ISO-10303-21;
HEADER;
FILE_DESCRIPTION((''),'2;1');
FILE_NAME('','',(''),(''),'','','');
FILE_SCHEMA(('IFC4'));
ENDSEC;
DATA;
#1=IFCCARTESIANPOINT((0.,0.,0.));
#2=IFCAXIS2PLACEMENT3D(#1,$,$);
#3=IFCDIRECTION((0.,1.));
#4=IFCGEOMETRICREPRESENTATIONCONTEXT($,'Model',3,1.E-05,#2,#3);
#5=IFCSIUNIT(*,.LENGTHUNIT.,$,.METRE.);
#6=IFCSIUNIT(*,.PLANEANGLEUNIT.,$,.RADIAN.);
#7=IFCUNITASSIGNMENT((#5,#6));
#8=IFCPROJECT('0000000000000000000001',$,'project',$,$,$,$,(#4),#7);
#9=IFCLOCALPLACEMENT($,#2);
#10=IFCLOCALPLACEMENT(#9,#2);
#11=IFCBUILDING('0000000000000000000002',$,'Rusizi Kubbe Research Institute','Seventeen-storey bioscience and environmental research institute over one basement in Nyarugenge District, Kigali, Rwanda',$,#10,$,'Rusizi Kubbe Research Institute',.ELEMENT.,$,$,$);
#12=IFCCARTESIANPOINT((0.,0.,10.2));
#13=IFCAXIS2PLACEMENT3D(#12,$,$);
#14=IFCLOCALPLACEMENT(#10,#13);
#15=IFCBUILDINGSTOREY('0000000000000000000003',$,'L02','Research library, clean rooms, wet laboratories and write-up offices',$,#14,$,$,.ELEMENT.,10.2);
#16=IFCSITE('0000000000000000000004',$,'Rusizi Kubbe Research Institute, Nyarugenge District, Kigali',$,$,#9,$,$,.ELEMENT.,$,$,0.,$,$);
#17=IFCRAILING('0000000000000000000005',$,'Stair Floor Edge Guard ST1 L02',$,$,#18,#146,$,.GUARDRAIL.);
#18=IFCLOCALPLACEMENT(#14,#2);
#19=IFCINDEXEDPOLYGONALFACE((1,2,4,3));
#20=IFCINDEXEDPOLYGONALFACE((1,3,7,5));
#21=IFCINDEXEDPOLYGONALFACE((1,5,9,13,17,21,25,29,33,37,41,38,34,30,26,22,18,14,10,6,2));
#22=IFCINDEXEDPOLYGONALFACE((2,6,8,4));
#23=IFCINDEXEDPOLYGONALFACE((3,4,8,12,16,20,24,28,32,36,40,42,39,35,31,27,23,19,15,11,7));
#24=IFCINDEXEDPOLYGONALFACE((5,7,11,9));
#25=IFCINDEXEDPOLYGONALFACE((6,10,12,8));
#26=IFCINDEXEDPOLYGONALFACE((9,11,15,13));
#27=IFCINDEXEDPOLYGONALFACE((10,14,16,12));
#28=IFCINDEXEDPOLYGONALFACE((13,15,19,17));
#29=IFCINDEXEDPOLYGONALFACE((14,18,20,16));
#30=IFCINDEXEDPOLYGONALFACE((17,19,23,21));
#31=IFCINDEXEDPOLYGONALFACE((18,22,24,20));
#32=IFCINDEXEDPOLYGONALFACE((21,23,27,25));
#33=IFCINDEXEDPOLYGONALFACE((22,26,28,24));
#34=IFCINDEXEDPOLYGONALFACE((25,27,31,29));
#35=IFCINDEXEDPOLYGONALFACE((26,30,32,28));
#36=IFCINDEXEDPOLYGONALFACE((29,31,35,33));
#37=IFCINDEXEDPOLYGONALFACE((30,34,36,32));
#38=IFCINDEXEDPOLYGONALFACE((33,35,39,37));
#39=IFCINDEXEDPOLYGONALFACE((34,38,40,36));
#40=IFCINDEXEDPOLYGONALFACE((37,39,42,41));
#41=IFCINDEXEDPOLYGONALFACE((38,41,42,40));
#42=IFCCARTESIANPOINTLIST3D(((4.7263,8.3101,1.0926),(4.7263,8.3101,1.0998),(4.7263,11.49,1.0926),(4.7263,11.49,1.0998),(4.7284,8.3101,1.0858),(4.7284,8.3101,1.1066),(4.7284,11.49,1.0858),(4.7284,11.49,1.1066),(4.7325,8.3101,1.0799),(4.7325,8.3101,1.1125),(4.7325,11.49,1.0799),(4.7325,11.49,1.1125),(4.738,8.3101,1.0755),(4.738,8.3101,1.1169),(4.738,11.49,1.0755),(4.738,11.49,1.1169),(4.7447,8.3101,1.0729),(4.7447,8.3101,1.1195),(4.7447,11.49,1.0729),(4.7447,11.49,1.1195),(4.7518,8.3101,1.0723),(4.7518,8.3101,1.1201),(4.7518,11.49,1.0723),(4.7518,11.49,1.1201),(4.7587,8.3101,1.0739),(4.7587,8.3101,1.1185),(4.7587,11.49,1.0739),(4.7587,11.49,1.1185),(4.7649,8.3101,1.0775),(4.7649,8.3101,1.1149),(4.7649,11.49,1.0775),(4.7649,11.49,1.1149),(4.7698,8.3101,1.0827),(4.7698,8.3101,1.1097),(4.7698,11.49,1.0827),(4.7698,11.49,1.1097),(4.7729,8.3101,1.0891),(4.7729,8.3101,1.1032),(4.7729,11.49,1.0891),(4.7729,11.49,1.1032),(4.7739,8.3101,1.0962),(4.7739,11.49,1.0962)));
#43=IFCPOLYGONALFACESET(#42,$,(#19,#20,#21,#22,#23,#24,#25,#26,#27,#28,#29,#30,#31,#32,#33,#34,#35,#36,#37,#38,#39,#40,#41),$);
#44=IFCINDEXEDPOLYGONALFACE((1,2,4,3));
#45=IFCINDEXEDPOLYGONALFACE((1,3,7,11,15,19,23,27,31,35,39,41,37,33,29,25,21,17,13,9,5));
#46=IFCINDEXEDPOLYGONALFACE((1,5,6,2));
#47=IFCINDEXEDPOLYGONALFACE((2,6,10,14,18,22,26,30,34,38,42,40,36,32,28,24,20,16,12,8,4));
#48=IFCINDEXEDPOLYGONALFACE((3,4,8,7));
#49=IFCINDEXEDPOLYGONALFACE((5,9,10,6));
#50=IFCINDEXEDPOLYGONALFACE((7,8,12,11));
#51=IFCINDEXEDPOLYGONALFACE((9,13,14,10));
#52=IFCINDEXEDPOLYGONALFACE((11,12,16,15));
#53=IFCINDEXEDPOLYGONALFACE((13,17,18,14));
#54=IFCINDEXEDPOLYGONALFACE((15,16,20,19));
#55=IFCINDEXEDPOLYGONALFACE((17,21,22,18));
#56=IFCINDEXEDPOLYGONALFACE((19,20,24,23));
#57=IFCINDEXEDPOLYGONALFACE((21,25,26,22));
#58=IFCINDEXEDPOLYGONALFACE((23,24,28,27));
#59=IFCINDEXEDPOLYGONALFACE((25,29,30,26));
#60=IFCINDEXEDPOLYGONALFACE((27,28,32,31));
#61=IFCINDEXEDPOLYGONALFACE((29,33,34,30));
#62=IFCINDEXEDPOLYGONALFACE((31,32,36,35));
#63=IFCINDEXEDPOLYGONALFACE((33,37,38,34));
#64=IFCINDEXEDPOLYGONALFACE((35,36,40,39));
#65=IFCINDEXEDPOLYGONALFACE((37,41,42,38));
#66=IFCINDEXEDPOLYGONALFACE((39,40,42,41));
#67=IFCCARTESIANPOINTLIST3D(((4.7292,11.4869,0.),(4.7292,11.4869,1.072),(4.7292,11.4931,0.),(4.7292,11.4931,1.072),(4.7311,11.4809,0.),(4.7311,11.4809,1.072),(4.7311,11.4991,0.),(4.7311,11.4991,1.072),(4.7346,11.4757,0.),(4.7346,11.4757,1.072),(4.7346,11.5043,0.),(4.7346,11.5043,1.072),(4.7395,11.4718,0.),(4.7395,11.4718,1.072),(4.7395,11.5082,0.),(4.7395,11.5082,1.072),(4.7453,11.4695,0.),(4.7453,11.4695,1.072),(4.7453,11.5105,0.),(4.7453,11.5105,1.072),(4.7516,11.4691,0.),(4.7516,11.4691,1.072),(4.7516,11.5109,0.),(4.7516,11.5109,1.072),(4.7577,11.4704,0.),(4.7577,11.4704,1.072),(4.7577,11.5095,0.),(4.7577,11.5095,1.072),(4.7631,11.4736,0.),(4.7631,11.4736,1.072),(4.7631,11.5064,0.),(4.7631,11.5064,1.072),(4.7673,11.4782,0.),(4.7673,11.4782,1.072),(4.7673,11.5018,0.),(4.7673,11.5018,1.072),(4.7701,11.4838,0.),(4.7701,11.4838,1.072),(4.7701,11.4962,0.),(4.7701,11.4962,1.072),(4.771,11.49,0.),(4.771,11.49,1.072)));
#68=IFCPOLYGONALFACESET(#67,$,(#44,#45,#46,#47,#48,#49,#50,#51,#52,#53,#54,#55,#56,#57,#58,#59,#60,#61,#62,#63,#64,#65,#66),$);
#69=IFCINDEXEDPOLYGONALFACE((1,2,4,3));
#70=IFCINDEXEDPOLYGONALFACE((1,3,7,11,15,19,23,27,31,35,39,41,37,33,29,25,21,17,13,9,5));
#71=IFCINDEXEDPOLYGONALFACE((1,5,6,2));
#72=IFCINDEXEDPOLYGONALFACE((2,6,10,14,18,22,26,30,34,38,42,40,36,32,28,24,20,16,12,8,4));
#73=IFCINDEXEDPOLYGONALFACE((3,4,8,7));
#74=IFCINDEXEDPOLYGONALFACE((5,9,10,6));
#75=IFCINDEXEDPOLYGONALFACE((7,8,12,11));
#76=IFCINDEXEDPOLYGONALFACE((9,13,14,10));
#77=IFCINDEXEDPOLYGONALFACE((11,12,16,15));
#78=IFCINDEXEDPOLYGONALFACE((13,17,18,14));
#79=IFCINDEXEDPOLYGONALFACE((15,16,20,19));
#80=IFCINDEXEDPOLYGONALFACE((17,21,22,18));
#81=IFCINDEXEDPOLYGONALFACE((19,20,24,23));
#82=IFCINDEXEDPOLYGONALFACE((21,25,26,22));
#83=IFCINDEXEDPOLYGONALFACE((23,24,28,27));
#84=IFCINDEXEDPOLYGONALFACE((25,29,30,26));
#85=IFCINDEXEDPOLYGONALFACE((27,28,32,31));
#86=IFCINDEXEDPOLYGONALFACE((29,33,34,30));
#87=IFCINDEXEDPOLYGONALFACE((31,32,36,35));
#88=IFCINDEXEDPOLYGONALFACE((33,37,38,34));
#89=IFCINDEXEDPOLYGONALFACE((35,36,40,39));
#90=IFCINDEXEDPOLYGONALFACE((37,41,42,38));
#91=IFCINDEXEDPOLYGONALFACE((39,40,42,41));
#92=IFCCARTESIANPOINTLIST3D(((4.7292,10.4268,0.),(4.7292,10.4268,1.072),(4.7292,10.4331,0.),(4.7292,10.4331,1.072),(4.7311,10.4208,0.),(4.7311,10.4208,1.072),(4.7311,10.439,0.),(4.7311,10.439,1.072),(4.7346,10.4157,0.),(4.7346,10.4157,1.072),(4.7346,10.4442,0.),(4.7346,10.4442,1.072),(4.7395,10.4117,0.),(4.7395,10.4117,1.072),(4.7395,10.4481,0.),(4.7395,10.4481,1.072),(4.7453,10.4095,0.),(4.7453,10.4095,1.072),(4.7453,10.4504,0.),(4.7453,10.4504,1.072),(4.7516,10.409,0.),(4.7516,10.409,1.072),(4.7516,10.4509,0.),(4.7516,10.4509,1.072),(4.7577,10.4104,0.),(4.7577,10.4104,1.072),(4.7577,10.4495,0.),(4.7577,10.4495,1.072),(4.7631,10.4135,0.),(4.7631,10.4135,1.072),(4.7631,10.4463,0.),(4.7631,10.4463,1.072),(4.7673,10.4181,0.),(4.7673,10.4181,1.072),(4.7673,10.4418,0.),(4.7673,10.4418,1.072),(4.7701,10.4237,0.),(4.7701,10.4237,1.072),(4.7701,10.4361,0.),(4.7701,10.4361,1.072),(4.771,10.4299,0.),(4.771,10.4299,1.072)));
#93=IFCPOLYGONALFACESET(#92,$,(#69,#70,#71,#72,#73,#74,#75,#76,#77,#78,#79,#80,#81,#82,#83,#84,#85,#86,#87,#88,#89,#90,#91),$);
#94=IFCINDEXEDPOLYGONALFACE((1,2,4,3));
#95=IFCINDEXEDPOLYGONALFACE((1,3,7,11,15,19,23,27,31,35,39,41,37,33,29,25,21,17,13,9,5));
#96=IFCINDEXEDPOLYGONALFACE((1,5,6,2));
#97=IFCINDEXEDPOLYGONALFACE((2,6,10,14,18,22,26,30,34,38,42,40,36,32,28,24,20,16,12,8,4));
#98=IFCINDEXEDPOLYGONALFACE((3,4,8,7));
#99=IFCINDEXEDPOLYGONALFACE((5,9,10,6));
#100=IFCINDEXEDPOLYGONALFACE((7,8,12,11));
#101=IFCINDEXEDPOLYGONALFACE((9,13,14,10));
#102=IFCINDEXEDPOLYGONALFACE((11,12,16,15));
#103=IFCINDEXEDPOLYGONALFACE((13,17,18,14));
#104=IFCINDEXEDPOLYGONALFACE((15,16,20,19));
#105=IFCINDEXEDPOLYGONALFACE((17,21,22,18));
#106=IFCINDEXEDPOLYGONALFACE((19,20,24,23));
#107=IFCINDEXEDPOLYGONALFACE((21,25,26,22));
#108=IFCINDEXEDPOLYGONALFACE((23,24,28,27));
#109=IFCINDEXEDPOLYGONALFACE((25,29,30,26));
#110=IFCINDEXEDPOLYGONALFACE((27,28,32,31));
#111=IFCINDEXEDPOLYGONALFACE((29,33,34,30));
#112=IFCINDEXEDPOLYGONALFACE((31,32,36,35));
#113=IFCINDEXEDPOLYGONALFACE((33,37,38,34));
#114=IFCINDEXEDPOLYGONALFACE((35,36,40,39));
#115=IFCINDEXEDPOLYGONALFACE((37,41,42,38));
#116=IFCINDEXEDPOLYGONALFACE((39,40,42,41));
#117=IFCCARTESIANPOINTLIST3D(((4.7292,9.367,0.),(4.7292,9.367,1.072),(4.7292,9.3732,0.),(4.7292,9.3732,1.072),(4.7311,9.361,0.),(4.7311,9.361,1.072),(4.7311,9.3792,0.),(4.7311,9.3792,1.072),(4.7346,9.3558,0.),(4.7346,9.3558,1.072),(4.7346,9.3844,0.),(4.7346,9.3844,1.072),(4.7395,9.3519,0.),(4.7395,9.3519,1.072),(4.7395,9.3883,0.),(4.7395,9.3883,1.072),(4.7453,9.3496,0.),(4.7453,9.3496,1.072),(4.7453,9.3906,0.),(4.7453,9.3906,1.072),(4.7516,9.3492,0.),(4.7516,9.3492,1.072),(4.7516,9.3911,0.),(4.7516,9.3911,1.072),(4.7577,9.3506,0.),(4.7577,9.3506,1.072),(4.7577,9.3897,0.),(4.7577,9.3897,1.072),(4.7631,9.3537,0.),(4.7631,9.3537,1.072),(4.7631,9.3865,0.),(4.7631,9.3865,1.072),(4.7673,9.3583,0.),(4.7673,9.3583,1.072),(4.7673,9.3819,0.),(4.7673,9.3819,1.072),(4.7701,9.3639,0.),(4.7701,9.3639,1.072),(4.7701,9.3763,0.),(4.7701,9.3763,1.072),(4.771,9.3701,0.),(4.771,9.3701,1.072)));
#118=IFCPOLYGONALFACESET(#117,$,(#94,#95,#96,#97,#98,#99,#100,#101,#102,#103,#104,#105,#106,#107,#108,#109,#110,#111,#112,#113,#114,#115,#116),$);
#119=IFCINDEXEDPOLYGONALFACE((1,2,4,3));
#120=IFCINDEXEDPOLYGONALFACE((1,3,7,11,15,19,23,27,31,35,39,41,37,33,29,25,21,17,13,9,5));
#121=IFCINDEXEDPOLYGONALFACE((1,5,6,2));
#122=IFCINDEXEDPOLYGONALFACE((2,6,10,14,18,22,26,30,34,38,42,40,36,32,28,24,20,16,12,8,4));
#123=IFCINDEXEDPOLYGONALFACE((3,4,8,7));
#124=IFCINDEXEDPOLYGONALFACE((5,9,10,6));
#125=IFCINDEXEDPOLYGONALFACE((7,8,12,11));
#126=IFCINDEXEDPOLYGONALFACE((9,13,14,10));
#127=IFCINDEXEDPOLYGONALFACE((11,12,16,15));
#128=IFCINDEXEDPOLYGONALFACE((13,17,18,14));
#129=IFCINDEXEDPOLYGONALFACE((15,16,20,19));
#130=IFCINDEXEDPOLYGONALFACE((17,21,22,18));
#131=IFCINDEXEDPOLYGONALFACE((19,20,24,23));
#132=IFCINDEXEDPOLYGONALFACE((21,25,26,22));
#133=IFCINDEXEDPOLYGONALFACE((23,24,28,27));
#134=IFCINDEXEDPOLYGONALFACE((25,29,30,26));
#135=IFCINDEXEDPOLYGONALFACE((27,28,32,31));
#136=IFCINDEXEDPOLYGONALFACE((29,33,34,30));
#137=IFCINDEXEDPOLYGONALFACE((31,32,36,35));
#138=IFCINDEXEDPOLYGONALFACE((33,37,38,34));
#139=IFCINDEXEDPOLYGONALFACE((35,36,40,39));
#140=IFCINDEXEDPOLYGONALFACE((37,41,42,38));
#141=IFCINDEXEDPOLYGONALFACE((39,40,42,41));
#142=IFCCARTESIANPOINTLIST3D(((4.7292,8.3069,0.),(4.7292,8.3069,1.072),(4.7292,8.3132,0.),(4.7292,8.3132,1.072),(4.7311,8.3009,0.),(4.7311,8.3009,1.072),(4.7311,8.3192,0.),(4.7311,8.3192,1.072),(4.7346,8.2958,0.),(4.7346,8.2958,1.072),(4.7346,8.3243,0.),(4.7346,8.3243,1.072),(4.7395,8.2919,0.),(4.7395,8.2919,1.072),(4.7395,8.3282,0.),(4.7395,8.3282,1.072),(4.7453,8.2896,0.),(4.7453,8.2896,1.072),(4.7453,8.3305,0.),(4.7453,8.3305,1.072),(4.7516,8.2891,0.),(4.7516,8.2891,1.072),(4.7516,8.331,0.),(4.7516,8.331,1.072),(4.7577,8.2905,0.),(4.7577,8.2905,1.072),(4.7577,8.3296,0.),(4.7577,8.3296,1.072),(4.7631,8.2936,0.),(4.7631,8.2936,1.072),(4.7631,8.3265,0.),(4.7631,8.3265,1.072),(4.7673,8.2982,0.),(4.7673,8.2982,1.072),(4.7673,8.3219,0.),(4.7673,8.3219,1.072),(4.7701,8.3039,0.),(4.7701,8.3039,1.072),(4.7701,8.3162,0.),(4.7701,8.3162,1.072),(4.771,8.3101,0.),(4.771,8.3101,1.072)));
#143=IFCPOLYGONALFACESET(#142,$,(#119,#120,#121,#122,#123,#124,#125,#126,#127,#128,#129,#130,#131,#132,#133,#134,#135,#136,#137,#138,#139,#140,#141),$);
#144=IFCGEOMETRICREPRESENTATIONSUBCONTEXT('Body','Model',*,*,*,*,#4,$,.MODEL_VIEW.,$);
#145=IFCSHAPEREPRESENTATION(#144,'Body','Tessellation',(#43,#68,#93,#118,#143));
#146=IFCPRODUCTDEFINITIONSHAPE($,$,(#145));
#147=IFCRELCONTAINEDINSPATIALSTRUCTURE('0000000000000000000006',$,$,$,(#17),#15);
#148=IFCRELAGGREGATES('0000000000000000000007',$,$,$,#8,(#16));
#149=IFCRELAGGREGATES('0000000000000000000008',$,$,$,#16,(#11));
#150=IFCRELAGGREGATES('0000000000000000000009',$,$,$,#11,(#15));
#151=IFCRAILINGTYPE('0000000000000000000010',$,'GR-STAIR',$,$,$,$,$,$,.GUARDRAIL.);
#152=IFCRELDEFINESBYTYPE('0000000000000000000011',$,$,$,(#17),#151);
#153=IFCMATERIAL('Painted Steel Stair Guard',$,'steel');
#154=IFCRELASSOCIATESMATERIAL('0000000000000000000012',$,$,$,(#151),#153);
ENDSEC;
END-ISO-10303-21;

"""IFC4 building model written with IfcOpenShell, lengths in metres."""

from ifc_helpers import new_model, si_unit, direction, frame, origin, origin_2d, place, context, subcontext, project, spatial, circle, extrude, material, type_object, element, save


model = new_model("IFC4")

# Units and contexts
model_context = context("Model", 3, precision=1e-05, world=origin(), true_north=direction((0.0, 1.0)))
body_context = subcontext(model_context, "Body", "Model", "MODEL_VIEW")
ifc_project = project(units=[si_unit("LENGTHUNIT", "METRE"), si_unit("PLANEANGLEUNIT", "RADIAN")], contexts=[model_context])

# Site, building, storey
site_placement = place(None, origin())
site = spatial("IfcSite", under=ifc_project, at=site_placement, Name="Rusizi Kubbe Research Institute, Nyarugenge District, Kigali", CompositionType="ELEMENT", RefElevation=0.0)
building_placement = place(site_placement, origin())
building = spatial("IfcBuilding", under=site, at=building_placement, Name="Rusizi Kubbe Research Institute", Description="Seventeen-storey bioscience and environmental research institute over one basement in Nyarugenge District, Kigali, Rwanda", LongName="Rusizi Kubbe Research Institute", CompositionType="ELEMENT")
storey_placement = place(building_placement, frame((0.0, 0.0, 10.2)))
storey = spatial("IfcBuildingStorey", under=building, at=storey_placement, Name="L02", Description="Research library, clean rooms, wet laboratories and write-up offices", CompositionType="ELEMENT", Elevation=10.2)

# Railing
ifc_material_1 = material(Name="Painted Steel Stair Guard", Category="steel")
railing_type_1 = type_object("IfcRailingType", Name="GR-STAIR", PredefinedType="GUARDRAIL", material=ifc_material_1)
railing_1_placement = place(storey_placement, frame((4.75, 11.49, 0.0)))
element("IfcRailing", 1, at=railing_1_placement, inside=storey, type_object=railing_type_1, Name="Stair Floor Edge Guard ST1 L02", PredefinedType="GUARDRAIL", context=body_context, shape_type="SweptSolid", body=[
    extrude(circle(Radius=0.0239, at=origin_2d()), frame((0.0, 0.0, 1.0962), z_axis=(0.0, -1.0, 0.0), x_axis=(1.0, 0.0, 0.0)), (0.0, 0.0, 1.0), 3.1799),
    extrude(circle(Radius=0.021, at=origin_2d()), origin(), (0.0, 0.0, 1.0), 1.072),
    extrude(circle(Radius=0.021, at=origin_2d()), frame((0.0, -1.0601, 0.0)), (0.0, 0.0, 1.0), 1.072),
    extrude(circle(Radius=0.021, at=origin_2d()), frame((0.0, -2.1199, 0.0)), (0.0, 0.0, 1.0), 1.072),
    extrude(circle(Radius=0.021, at=origin_2d()), frame((0.0, -3.1799, 0.0)), (0.0, 0.0, 1.0), 1.072),
])

save(model, "model.ifc")
